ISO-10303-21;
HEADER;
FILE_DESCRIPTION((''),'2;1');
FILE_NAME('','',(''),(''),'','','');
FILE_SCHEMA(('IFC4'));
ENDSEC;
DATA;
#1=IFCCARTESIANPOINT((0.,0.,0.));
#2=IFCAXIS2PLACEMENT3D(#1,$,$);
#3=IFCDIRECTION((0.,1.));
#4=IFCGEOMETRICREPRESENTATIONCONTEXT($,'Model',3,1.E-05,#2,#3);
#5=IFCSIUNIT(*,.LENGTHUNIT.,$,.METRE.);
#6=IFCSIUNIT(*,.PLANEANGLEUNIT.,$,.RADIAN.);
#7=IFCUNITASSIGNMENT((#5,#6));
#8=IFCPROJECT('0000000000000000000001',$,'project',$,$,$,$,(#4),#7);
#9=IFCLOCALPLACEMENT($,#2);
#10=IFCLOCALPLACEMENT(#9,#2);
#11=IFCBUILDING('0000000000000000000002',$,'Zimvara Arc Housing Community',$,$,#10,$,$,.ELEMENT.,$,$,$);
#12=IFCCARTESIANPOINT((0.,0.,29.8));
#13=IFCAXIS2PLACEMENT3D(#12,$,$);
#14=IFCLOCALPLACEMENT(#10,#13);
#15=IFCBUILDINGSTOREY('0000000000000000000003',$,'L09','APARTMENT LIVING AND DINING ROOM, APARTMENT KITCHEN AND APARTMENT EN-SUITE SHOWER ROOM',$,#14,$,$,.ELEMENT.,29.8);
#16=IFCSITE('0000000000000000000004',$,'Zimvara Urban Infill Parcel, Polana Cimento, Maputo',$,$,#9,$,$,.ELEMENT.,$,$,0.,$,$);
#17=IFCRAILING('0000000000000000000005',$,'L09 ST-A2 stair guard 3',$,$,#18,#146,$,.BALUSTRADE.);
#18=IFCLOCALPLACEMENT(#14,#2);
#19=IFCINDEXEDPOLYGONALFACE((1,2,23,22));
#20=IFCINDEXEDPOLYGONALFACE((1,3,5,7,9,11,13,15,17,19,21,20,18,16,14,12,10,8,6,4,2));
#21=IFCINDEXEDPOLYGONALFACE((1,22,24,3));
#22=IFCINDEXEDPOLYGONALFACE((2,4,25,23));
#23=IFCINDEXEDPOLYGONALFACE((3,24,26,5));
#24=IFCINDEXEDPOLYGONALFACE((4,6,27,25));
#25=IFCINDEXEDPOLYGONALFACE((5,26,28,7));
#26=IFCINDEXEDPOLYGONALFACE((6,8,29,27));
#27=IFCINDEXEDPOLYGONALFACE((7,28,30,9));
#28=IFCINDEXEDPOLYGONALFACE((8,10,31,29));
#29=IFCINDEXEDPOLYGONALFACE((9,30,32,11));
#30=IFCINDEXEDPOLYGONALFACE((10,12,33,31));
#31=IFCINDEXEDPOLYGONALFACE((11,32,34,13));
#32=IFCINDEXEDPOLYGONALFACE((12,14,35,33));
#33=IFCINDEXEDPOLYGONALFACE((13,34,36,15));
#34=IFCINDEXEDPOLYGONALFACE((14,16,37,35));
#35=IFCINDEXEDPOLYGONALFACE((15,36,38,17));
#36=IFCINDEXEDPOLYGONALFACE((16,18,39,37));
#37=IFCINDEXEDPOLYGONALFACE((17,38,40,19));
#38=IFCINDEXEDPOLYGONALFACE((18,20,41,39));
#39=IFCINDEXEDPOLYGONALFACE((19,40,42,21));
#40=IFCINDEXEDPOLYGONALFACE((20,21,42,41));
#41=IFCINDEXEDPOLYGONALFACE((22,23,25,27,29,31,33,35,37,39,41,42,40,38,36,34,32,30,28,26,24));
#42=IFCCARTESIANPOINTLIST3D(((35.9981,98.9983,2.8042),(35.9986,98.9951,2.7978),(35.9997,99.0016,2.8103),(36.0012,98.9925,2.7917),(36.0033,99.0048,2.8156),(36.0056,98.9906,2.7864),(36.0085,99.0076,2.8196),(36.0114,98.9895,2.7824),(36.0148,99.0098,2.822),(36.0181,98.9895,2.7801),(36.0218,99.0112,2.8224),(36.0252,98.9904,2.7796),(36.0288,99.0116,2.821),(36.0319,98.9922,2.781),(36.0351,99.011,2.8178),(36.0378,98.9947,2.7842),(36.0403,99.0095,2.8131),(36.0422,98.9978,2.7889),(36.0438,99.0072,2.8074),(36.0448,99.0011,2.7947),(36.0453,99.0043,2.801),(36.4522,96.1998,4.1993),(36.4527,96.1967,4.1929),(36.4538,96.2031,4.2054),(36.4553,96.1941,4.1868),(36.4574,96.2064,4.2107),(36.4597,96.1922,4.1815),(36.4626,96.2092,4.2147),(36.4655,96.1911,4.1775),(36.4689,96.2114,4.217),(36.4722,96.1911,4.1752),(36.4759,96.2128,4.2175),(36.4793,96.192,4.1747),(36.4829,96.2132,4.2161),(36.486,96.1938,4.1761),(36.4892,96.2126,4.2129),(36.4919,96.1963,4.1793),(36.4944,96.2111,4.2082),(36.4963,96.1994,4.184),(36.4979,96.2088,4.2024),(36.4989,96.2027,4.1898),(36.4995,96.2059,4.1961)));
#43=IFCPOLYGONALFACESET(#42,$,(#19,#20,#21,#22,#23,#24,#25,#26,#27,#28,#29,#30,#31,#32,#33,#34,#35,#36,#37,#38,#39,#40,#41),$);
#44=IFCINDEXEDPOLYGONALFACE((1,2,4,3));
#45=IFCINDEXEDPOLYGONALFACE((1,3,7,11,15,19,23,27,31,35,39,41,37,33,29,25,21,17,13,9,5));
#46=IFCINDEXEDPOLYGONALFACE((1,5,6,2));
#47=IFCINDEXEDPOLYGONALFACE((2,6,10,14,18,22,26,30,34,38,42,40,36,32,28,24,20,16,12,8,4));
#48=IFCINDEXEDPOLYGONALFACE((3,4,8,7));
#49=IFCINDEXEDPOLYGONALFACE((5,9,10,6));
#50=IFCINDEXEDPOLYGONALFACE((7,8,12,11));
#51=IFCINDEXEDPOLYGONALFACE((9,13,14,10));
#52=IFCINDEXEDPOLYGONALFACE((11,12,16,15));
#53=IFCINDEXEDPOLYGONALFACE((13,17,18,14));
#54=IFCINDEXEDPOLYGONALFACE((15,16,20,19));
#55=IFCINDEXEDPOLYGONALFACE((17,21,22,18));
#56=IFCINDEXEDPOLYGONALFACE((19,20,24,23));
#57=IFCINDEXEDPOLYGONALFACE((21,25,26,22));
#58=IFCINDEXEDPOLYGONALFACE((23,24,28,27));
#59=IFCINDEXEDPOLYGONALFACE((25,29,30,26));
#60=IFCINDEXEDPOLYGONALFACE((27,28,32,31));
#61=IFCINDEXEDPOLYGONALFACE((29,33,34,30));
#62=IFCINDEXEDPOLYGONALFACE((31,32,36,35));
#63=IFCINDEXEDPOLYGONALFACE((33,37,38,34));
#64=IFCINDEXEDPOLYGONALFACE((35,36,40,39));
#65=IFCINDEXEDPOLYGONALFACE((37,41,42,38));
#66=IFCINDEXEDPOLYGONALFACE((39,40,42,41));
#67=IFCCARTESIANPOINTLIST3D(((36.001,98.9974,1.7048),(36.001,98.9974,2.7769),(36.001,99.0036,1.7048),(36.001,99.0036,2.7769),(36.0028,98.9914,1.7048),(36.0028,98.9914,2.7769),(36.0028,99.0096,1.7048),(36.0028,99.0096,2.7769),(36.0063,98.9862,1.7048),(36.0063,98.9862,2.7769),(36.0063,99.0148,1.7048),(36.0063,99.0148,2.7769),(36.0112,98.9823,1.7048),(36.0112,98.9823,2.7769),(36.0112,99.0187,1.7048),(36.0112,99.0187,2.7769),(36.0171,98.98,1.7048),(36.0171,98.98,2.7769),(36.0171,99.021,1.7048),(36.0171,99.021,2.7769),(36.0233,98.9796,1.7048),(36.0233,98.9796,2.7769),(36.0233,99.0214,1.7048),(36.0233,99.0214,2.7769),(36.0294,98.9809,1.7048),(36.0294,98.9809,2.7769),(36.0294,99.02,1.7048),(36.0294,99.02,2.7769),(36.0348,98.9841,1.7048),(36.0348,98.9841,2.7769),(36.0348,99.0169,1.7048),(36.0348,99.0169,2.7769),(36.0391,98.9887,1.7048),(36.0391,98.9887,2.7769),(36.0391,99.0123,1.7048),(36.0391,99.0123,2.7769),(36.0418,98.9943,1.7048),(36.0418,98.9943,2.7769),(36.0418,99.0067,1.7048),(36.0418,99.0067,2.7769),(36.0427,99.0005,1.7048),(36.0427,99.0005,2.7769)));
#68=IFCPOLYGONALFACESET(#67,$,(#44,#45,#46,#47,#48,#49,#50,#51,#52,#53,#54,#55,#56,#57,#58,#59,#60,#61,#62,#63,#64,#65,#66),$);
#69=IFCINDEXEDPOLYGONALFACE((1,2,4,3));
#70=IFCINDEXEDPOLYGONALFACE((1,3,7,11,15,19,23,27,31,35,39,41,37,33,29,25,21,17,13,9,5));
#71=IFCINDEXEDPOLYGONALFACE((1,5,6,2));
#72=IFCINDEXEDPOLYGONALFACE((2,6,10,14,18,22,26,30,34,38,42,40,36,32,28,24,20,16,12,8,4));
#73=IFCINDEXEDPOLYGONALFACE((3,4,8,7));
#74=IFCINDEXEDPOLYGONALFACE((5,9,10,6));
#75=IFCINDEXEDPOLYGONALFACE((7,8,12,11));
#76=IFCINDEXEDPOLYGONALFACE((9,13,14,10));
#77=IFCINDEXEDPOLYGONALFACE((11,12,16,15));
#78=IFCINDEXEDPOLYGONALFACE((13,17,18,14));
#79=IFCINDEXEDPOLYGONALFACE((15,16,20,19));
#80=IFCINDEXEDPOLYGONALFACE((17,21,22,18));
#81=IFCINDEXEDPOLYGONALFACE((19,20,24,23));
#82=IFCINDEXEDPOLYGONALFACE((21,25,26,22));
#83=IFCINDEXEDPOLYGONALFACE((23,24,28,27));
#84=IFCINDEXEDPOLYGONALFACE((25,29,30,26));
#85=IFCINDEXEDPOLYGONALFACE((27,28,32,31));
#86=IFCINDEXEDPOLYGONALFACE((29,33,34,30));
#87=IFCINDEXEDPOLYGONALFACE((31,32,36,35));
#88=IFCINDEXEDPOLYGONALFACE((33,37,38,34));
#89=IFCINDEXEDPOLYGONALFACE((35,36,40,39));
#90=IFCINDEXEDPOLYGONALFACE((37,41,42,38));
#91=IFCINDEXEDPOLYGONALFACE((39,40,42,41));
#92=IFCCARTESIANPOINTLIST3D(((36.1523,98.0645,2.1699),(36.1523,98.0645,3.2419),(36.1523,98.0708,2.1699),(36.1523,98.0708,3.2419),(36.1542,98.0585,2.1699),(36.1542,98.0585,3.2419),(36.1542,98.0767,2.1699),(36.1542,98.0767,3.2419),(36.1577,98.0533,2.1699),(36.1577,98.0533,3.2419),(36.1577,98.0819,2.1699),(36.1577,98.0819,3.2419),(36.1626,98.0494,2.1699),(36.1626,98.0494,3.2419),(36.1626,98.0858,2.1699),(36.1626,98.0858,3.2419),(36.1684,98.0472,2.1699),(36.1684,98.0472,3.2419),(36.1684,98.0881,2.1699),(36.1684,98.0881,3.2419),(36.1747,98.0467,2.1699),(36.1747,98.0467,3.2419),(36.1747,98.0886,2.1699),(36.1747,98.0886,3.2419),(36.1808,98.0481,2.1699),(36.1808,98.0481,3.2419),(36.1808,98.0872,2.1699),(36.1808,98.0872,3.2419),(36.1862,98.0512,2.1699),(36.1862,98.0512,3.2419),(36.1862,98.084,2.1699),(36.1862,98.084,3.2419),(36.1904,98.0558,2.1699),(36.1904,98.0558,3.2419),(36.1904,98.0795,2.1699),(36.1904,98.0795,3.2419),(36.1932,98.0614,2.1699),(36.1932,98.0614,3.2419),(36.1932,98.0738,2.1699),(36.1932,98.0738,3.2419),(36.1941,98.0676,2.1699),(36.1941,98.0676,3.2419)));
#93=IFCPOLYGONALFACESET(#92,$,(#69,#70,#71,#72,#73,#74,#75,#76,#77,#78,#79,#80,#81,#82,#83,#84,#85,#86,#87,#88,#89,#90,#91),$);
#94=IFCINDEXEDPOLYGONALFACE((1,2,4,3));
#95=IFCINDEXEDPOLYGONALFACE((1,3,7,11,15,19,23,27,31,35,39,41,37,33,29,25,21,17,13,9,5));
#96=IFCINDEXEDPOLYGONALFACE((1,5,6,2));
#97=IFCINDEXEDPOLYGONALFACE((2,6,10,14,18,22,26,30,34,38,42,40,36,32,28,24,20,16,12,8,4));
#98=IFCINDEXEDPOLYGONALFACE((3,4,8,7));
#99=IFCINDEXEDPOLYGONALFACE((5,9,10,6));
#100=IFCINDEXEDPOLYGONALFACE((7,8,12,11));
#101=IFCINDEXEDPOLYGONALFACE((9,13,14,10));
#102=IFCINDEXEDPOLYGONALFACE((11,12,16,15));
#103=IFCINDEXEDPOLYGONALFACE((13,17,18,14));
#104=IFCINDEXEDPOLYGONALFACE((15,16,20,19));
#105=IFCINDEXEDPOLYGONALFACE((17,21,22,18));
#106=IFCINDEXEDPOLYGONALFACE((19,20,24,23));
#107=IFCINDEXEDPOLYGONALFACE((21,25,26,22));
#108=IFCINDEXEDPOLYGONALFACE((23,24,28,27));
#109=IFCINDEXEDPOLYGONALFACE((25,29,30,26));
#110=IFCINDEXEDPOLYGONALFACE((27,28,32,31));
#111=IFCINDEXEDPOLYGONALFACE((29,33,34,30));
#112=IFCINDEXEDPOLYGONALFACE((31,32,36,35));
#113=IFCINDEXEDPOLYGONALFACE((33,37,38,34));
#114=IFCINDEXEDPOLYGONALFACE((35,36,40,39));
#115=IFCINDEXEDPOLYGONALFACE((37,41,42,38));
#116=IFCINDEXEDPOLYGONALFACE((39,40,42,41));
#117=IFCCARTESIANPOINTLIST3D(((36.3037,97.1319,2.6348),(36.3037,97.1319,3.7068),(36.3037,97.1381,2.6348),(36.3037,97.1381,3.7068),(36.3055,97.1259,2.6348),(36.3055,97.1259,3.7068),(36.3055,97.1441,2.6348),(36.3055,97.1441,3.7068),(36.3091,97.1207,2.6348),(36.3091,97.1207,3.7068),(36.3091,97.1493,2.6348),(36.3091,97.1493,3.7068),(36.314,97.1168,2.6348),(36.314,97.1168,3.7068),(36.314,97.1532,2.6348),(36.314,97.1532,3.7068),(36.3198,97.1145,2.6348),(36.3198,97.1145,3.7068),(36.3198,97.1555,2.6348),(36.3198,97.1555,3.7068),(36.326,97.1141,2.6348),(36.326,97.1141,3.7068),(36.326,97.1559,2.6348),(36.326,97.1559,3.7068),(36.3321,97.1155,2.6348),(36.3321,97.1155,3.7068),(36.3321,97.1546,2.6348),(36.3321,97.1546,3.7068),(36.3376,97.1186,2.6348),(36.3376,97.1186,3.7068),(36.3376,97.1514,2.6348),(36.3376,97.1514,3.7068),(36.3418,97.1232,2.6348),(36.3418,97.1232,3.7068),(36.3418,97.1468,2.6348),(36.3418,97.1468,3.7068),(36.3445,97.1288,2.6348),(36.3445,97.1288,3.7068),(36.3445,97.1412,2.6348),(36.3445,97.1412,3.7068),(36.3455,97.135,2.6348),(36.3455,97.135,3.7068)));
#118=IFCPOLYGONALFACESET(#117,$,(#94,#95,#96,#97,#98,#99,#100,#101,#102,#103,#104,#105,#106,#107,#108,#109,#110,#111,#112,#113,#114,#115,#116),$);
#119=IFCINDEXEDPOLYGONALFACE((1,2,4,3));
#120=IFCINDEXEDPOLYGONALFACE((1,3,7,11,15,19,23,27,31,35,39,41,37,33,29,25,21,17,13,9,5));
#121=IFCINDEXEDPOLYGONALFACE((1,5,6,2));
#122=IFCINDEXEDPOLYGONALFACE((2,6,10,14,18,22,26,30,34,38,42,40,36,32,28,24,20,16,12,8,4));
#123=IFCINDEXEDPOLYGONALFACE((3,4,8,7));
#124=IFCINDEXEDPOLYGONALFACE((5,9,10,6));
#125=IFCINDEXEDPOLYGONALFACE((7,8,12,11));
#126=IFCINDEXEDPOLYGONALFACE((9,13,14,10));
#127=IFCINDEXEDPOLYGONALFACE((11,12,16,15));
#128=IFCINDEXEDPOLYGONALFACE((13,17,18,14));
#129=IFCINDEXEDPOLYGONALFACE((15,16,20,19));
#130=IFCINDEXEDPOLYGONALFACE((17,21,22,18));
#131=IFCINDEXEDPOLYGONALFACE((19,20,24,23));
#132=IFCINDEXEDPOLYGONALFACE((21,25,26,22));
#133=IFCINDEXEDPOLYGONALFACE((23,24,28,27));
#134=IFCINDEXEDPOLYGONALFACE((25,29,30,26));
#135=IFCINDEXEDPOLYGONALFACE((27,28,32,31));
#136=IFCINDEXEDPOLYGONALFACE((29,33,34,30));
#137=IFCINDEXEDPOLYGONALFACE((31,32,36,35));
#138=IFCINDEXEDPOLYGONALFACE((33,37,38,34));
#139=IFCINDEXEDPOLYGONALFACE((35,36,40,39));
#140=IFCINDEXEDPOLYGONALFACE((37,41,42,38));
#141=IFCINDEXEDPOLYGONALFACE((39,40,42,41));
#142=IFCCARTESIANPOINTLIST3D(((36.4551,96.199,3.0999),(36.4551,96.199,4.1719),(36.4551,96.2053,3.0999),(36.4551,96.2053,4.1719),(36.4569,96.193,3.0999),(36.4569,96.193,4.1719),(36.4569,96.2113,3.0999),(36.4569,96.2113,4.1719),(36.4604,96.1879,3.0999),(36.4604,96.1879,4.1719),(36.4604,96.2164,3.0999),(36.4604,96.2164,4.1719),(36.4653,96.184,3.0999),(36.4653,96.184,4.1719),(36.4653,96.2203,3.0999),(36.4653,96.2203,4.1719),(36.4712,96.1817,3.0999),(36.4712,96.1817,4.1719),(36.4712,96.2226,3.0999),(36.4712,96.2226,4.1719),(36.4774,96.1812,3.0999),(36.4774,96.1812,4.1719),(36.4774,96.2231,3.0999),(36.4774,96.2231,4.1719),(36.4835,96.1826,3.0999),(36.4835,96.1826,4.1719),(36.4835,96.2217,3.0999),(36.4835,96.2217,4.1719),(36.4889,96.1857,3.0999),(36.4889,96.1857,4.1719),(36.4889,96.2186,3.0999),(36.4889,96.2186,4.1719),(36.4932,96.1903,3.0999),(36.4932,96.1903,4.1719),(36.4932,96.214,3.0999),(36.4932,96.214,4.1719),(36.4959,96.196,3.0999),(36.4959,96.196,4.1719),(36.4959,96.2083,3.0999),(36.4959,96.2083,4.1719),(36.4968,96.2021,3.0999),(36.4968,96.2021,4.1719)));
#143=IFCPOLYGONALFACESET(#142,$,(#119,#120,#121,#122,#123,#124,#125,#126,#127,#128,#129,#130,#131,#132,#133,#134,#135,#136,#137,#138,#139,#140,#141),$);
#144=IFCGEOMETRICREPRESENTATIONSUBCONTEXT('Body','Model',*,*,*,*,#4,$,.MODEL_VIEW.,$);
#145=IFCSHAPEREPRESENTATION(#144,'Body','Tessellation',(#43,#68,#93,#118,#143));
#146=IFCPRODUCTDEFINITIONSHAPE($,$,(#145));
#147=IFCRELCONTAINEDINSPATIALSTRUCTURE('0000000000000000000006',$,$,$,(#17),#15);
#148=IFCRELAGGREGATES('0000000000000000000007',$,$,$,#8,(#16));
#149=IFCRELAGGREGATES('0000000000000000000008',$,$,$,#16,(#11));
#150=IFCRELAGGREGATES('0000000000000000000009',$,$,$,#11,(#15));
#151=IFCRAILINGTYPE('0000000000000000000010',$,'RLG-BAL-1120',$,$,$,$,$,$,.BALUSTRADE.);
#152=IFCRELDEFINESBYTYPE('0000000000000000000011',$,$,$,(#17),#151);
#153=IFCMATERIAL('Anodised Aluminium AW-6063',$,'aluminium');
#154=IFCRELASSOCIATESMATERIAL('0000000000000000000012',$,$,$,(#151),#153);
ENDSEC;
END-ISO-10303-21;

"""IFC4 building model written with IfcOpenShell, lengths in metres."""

from ifc_helpers import new_model, si_unit, direction, frame, origin, origin_2d, place, context, subcontext, project, spatial, circle, extrude, material, type_object, element, save


model = new_model("IFC4")

# Units and contexts
model_context = context("Model", 3, precision=1e-05, world=origin(), true_north=direction((0.0, 1.0)))
body_context = subcontext(model_context, "Body", "Model", "MODEL_VIEW")
ifc_project = project(units=[si_unit("LENGTHUNIT", "METRE"), si_unit("PLANEANGLEUNIT", "RADIAN")], contexts=[model_context])

# Site, building, storey
site_placement = place(None, origin())
site = spatial("IfcSite", under=ifc_project, at=site_placement, Name="Zimvara Urban Infill Parcel, Polana Cimento, Maputo", CompositionType="ELEMENT", RefElevation=0.0)
building_placement = place(site_placement, origin())
building = spatial("IfcBuilding", under=site, at=building_placement, Name="Zimvara Arc Housing Community", CompositionType="ELEMENT")
storey_placement = place(building_placement, frame((0.0, 0.0, 29.8)))
storey = spatial("IfcBuildingStorey", under=building, at=storey_placement, Name="L09", Description="APARTMENT LIVING AND DINING ROOM, APARTMENT KITCHEN AND APARTMENT EN-SUITE SHOWER ROOM", CompositionType="ELEMENT", Elevation=29.8)

# Railing
ifc_material_1 = material(Name="Anodised Aluminium AW-6063", Category="aluminium")
railing_type_1 = type_object("IfcRailingType", Name="RLG-BAL-1120", PredefinedType="BALUSTRADE", material=ifc_material_1)
railing_1_placement = place(storey_placement, frame((36.0217, 99.0005, 1.7048)))
element("IfcRailing", 1, at=railing_1_placement, inside=storey, type_object=railing_type_1, Name="L09 ST-A2 stair guard 3", PredefinedType="BALUSTRADE", context=body_context, shape_type="SweptSolid", body=[
    extrude(circle(Radius=0.0239, at=origin_2d()), frame((0.0, 0.0, 1.0962), z_axis=(0.143722, -0.885666, 0.44152), x_axis=(0.987088, 0.16018, 0.0)), (0.0, 0.0, 1.0), 3.1597),
    extrude(circle(Radius=0.021, at=origin_2d()), origin(), (0.0, 0.0, 1.0), 1.072),
    extrude(circle(Radius=0.021, at=origin_2d()), frame((0.1514, -0.9329, 0.4651)), (0.0, 0.0, 1.0), 1.072),
    extrude(circle(Radius=0.021, at=origin_2d()), frame((0.3027, -1.8655, 0.9299)), (0.0, 0.0, 1.0), 1.072),
    extrude(circle(Radius=0.021, at=origin_2d()), frame((0.4541, -2.7983, 1.395)), (0.0, 0.0, 1.0), 1.072),
])

save(model, "model.ifc")
